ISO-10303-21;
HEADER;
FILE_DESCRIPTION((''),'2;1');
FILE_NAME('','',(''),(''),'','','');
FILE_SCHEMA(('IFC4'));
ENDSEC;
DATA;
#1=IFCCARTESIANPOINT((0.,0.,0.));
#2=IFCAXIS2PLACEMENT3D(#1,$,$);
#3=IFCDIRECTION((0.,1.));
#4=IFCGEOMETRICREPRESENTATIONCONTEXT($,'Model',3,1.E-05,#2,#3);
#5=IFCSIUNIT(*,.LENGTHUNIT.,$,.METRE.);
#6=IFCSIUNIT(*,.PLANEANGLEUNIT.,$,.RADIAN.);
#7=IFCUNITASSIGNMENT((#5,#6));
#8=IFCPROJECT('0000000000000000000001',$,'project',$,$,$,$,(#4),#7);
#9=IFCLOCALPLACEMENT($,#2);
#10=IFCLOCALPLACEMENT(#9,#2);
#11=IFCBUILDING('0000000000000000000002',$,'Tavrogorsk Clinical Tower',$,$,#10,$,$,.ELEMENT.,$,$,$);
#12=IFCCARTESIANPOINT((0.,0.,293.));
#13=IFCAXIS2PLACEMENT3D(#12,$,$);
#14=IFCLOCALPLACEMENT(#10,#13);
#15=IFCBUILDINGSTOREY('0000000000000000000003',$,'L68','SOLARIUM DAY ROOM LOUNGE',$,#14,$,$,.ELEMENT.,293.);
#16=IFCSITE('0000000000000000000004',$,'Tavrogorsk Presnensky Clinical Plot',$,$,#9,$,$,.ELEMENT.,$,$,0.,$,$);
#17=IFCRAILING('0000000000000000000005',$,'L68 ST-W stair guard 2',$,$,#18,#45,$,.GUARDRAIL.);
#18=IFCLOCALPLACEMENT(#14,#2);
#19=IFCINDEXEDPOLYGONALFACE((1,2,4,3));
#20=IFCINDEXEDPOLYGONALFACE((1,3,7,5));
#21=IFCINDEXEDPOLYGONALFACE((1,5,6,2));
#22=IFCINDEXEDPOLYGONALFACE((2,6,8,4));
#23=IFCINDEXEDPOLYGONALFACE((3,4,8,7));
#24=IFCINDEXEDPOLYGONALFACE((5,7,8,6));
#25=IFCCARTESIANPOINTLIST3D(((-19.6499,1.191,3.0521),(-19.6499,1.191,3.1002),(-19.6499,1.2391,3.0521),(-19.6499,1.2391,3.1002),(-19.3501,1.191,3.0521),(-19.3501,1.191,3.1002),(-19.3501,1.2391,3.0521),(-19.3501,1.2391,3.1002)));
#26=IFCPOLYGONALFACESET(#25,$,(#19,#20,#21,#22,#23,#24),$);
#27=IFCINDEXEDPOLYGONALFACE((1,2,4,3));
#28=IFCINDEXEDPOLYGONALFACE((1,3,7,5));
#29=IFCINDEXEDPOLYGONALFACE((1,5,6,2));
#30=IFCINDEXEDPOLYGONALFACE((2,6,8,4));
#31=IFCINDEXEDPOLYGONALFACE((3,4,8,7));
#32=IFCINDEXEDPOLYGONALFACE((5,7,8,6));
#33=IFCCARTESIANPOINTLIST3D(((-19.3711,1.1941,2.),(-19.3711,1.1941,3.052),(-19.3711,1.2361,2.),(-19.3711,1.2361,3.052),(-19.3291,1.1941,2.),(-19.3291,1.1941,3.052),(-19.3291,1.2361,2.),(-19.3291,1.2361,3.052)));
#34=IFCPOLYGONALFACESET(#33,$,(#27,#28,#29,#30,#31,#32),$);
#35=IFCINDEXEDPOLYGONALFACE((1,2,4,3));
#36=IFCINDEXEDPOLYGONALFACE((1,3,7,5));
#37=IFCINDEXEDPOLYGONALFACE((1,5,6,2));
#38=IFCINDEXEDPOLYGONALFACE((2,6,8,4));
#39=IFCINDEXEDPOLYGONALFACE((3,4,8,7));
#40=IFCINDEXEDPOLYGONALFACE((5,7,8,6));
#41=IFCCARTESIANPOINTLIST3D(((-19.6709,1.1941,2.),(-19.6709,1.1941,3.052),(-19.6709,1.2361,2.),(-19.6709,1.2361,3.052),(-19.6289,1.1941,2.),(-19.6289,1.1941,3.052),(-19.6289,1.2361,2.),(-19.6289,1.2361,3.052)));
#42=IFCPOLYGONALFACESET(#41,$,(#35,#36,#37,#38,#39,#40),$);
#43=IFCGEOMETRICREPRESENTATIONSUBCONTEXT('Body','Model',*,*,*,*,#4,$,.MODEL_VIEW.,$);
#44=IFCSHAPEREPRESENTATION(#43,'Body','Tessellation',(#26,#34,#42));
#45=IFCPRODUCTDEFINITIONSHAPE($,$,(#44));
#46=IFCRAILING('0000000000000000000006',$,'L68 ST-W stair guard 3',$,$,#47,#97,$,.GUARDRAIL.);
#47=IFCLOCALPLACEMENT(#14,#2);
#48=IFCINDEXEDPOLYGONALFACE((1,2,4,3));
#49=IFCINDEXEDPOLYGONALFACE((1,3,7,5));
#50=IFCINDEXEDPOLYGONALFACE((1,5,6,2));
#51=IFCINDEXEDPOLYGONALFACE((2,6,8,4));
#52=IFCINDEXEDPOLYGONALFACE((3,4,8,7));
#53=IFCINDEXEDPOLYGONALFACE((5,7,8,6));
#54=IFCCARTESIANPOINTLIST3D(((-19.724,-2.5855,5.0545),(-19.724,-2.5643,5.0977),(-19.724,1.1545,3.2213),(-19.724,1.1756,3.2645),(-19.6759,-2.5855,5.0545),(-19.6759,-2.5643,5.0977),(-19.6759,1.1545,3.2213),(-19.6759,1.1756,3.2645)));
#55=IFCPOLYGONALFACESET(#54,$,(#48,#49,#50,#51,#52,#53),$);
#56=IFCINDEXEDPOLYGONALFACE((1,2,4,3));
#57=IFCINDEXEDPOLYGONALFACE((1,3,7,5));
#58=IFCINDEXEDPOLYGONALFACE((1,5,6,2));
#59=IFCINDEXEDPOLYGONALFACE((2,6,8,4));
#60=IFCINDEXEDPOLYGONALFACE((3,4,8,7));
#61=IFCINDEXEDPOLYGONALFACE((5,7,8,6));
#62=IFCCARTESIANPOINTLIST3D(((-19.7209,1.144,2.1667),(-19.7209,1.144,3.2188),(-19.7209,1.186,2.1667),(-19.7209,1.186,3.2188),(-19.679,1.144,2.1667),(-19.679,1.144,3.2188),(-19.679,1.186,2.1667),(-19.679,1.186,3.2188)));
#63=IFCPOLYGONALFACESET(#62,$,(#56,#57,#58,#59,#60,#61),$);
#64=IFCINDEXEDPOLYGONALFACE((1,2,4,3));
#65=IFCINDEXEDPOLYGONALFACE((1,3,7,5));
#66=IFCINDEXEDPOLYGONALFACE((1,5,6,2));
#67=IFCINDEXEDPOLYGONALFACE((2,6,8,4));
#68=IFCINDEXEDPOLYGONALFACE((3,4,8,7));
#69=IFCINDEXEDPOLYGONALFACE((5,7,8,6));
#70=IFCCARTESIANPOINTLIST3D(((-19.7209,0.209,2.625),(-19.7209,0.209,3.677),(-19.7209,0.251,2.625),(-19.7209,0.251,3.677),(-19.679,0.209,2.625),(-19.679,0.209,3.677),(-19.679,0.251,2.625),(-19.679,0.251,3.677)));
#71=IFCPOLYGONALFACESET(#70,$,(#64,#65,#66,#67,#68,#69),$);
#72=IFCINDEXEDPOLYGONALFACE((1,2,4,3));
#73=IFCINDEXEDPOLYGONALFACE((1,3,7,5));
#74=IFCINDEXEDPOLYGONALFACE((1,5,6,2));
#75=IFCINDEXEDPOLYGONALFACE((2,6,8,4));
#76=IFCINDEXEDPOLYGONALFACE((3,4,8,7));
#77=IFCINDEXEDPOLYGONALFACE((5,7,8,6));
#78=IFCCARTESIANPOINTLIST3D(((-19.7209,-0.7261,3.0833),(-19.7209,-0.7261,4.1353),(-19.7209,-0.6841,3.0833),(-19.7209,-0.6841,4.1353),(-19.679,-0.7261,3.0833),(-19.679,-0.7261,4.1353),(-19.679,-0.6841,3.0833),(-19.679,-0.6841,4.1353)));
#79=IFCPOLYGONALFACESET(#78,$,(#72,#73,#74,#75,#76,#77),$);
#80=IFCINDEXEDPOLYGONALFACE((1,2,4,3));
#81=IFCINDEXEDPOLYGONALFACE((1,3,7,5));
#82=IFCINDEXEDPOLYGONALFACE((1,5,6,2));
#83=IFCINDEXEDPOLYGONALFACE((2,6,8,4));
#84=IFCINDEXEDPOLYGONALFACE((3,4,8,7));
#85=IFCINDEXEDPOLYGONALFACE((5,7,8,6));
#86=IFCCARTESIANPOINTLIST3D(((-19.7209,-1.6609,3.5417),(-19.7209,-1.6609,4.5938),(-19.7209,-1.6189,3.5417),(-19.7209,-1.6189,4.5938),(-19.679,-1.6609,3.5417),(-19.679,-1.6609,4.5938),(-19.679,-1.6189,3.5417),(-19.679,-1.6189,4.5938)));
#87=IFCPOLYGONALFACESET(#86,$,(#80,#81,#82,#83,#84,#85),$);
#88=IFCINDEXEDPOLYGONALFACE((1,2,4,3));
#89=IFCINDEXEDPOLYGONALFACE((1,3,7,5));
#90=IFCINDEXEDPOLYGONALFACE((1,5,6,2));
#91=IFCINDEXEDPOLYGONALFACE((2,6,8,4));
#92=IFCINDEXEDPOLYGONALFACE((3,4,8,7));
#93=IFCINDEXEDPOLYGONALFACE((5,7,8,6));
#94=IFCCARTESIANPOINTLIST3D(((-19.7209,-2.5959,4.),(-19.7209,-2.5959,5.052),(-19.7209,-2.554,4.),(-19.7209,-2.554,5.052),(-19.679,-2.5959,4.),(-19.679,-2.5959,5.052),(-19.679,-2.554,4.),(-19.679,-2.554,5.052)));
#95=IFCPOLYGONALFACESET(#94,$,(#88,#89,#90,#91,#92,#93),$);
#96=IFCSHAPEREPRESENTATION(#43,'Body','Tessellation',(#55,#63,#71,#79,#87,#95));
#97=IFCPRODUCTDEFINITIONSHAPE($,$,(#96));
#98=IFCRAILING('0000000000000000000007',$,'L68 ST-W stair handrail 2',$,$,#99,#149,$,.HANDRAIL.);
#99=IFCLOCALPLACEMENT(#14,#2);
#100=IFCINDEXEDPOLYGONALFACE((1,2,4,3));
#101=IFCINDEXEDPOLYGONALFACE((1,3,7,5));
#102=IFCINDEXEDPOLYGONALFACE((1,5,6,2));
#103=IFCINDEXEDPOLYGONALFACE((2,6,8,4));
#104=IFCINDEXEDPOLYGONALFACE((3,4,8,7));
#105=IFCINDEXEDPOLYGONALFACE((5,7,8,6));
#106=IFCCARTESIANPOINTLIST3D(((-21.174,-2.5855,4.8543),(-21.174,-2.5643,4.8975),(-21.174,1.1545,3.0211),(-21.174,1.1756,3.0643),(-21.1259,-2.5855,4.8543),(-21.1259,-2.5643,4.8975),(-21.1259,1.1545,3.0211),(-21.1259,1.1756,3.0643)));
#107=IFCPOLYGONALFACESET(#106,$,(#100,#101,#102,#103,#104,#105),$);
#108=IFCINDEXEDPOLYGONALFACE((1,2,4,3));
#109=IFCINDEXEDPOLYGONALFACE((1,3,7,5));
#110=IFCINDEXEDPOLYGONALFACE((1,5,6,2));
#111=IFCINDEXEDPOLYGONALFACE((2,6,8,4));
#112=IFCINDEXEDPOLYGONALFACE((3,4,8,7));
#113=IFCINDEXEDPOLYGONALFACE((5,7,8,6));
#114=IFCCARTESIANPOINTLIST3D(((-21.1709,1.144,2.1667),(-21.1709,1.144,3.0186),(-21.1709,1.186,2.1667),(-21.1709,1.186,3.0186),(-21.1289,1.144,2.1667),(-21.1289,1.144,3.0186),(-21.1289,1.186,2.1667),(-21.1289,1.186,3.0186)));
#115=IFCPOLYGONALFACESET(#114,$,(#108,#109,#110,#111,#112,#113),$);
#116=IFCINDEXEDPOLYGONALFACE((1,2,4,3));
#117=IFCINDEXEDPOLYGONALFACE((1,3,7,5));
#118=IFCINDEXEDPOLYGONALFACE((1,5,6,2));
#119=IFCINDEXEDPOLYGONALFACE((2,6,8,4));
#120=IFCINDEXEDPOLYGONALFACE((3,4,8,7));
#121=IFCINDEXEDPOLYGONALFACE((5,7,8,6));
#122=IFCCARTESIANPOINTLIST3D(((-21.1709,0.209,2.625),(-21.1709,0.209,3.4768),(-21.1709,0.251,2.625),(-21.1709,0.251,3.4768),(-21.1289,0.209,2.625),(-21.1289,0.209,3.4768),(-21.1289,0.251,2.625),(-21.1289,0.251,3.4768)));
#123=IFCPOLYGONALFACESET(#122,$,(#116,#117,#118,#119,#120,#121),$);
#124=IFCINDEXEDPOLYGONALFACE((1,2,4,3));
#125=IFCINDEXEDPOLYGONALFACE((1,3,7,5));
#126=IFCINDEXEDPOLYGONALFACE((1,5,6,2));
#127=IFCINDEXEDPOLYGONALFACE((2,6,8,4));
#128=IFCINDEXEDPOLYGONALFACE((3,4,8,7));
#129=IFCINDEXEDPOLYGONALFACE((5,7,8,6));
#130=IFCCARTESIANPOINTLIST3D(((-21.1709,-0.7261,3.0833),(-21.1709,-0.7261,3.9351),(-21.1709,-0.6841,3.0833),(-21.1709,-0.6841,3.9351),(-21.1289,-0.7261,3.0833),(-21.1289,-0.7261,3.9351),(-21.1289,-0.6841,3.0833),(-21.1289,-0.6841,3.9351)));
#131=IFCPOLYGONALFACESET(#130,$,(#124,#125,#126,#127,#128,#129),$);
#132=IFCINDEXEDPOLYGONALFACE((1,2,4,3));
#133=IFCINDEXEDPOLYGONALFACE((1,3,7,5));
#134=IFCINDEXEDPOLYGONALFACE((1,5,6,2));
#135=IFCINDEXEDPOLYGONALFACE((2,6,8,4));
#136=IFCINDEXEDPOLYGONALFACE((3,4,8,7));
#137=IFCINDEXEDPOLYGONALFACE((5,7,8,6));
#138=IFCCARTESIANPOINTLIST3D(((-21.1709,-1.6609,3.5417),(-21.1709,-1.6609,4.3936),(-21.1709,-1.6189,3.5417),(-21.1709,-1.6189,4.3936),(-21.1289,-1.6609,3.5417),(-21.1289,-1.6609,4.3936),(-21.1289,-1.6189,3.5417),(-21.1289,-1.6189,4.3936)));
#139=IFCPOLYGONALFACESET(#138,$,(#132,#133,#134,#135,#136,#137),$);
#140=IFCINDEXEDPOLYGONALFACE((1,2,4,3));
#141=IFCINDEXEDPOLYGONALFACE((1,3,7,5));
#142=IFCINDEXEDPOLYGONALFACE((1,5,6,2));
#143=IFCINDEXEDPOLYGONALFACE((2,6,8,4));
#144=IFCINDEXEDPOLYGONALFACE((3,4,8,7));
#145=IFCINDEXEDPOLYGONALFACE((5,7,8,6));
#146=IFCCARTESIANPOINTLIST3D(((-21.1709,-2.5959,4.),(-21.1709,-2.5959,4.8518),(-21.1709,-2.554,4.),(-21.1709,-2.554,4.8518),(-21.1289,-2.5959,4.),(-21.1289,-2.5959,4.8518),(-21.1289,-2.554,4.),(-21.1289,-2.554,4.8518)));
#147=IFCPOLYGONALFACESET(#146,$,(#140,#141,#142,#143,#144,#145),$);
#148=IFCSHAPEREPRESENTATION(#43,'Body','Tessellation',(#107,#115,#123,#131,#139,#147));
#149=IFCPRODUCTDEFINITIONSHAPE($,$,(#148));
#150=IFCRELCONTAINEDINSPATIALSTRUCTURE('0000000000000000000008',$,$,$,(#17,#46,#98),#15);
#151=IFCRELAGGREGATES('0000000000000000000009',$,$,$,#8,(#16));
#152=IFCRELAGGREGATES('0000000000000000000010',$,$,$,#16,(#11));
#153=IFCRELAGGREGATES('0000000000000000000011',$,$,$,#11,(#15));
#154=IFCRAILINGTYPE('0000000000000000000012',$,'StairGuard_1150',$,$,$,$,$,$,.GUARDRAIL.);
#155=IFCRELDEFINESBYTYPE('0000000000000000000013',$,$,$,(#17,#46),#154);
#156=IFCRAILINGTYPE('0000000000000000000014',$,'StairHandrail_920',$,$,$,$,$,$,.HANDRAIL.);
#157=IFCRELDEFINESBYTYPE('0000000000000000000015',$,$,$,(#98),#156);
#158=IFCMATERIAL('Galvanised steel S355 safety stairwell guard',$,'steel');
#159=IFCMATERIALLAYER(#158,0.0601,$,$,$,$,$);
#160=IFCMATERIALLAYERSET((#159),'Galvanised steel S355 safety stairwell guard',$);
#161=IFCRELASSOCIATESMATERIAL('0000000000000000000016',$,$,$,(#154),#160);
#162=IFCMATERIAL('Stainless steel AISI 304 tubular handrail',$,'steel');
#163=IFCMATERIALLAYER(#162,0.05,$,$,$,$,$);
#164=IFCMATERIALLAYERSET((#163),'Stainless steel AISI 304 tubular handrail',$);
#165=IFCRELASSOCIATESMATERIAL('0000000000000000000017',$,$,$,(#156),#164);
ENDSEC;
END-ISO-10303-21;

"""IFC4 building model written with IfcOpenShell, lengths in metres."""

from ifc_helpers import new_model, si_unit, direction, frame, origin, origin_2d, place, context, subcontext, project, spatial, rectangle, extrude, material, layer, layer_set, type_object, element, save


model = new_model("IFC4")

# Units and contexts
model_context = context("Model", 3, precision=1e-05, world=origin(), true_north=direction((0.0, 1.0)))
body_context = subcontext(model_context, "Body", "Model", "MODEL_VIEW")
ifc_project = project(units=[si_unit("LENGTHUNIT", "METRE"), si_unit("PLANEANGLEUNIT", "RADIAN")], contexts=[model_context])

# Site, building, storey
site_placement = place(None, origin())
site = spatial("IfcSite", under=ifc_project, at=site_placement, Name="Tavrogorsk Presnensky Clinical Plot", CompositionType="ELEMENT", RefElevation=0.0)
building_placement = place(site_placement, origin())
building = spatial("IfcBuilding", under=site, at=building_placement, Name="Tavrogorsk Clinical Tower", CompositionType="ELEMENT")
storey_placement = place(building_placement, frame((0.0, 0.0, 293.0)))
storey = spatial("IfcBuildingStorey", under=building, at=storey_placement, Name="L68", Description="SOLARIUM DAY ROOM LOUNGE", CompositionType="ELEMENT", Elevation=293.0)

# Railings
ifc_material_1 = material(Name="Galvanised steel S355 safety stairwell guard", Category="steel")
ifc_layer_1 = layer(ifc_material_1, 0.0601)
ifc_layer_set_1 = layer_set([ifc_layer_1], Name="Galvanised steel S355 safety stairwell guard")
railing_type_1 = type_object("IfcRailingType", Name="StairGuard_1150", PredefinedType="GUARDRAIL", material=ifc_layer_set_1)
railing_1_placement = place(storey_placement, frame((-19.3501, 1.2151, 2.0)))
element("IfcRailing", 1, at=railing_1_placement, inside=storey, type_object=railing_type_1, Name="L68 ST-W stair guard 2", PredefinedType="GUARDRAIL", context=body_context, shape_type="SweptSolid", body=[
    extrude(rectangle(XDim=0.0481, YDim=0.0481, at=origin_2d()), frame((0.0, 0.0, 1.0762), z_axis=(-1.0, 0.0, 0.0), x_axis=(0.0, -1.0, 0.0)), (0.0, 0.0, 1.0), 0.2998),
    extrude(rectangle(XDim=0.042, YDim=0.042, at=origin_2d()), origin(), (0.0, 0.0, 1.0), 1.052),
    extrude(rectangle(XDim=0.042, YDim=0.042, at=origin_2d()), frame((-0.2998, 0.0, 0.0)), (0.0, 0.0, 1.0), 1.052),
])
railing_2_placement = place(storey_placement, frame((-19.7, 1.165, 2.1667)))
element("IfcRailing", 2, at=railing_2_placement, inside=storey, type_object=railing_type_1, Name="L68 ST-W stair guard 3", PredefinedType="GUARDRAIL", context=body_context, shape_type="SweptSolid", body=[
    extrude(rectangle(XDim=0.0481, YDim=0.0481, at=origin_2d()), frame((0.0, 0.0, 1.0762), z_axis=(0.0, -0.897928, 0.440142), x_axis=(1.0, 0.0, 0.0)), (0.0, 0.0, 1.0), 4.165),
    extrude(rectangle(XDim=0.042, YDim=0.042, at=origin_2d()), origin(), (0.0, 0.0, 1.0), 1.052),
    extrude(rectangle(XDim=0.042, YDim=0.042, at=origin_2d()), frame((0.0, -0.9351, 0.4583)), (0.0, 0.0, 1.0), 1.052),
    extrude(rectangle(XDim=0.042, YDim=0.042, at=origin_2d()), frame((0.0, -1.8701, 0.9165)), (0.0, 0.0, 1.0), 1.052),
    extrude(rectangle(XDim=0.042, YDim=0.042, at=origin_2d()), frame((0.0, -2.8049, 1.375)), (0.0, 0.0, 1.0), 1.052),
    extrude(rectangle(XDim=0.042, YDim=0.042, at=origin_2d()), frame((0.0, -3.74, 1.8333)), (0.0, 0.0, 1.0), 1.052),
])
ifc_material_2 = material(Name="Stainless steel AISI 304 tubular handrail", Category="steel")
ifc_layer_2 = layer(ifc_material_2, 0.05)
ifc_layer_set_2 = layer_set([ifc_layer_2], Name="Stainless steel AISI 304 tubular handrail")
railing_type_2 = type_object("IfcRailingType", Name="StairHandrail_920", PredefinedType="HANDRAIL", material=ifc_layer_set_2)
railing_3_placement = place(storey_placement, frame((-21.1499, 1.165, 2.1667)))
element("IfcRailing", 3, at=railing_3_placement, inside=storey, type_object=railing_type_2, Name="L68 ST-W stair handrail 2", PredefinedType="HANDRAIL", context=body_context, shape_type="SweptSolid", body=[
    extrude(rectangle(XDim=0.0481, YDim=0.0481, at=origin_2d()), frame((0.0, 0.0, 0.876), z_axis=(0.0, -0.897928, 0.440142), x_axis=(1.0, 0.0, 0.0)), (0.0, 0.0, 1.0), 4.165),
    extrude(rectangle(XDim=0.042, YDim=0.042, at=origin_2d()), origin(), (0.0, 0.0, 1.0), 0.8518),
    extrude(rectangle(XDim=0.042, YDim=0.042, at=origin_2d()), frame((0.0, -0.9351, 0.4583)), (0.0, 0.0, 1.0), 0.8518),
    extrude(rectangle(XDim=0.042, YDim=0.042, at=origin_2d()), frame((0.0, -1.8701, 0.9165)), (0.0, 0.0, 1.0), 0.8518),
    extrude(rectangle(XDim=0.042, YDim=0.042, at=origin_2d()), frame((0.0, -2.8049, 1.375)), (0.0, 0.0, 1.0), 0.8518),
    extrude(rectangle(XDim=0.042, YDim=0.042, at=origin_2d()), frame((0.0, -3.74, 1.8333)), (0.0, 0.0, 1.0), 0.8518),
])

save(model, "model.ifc")
